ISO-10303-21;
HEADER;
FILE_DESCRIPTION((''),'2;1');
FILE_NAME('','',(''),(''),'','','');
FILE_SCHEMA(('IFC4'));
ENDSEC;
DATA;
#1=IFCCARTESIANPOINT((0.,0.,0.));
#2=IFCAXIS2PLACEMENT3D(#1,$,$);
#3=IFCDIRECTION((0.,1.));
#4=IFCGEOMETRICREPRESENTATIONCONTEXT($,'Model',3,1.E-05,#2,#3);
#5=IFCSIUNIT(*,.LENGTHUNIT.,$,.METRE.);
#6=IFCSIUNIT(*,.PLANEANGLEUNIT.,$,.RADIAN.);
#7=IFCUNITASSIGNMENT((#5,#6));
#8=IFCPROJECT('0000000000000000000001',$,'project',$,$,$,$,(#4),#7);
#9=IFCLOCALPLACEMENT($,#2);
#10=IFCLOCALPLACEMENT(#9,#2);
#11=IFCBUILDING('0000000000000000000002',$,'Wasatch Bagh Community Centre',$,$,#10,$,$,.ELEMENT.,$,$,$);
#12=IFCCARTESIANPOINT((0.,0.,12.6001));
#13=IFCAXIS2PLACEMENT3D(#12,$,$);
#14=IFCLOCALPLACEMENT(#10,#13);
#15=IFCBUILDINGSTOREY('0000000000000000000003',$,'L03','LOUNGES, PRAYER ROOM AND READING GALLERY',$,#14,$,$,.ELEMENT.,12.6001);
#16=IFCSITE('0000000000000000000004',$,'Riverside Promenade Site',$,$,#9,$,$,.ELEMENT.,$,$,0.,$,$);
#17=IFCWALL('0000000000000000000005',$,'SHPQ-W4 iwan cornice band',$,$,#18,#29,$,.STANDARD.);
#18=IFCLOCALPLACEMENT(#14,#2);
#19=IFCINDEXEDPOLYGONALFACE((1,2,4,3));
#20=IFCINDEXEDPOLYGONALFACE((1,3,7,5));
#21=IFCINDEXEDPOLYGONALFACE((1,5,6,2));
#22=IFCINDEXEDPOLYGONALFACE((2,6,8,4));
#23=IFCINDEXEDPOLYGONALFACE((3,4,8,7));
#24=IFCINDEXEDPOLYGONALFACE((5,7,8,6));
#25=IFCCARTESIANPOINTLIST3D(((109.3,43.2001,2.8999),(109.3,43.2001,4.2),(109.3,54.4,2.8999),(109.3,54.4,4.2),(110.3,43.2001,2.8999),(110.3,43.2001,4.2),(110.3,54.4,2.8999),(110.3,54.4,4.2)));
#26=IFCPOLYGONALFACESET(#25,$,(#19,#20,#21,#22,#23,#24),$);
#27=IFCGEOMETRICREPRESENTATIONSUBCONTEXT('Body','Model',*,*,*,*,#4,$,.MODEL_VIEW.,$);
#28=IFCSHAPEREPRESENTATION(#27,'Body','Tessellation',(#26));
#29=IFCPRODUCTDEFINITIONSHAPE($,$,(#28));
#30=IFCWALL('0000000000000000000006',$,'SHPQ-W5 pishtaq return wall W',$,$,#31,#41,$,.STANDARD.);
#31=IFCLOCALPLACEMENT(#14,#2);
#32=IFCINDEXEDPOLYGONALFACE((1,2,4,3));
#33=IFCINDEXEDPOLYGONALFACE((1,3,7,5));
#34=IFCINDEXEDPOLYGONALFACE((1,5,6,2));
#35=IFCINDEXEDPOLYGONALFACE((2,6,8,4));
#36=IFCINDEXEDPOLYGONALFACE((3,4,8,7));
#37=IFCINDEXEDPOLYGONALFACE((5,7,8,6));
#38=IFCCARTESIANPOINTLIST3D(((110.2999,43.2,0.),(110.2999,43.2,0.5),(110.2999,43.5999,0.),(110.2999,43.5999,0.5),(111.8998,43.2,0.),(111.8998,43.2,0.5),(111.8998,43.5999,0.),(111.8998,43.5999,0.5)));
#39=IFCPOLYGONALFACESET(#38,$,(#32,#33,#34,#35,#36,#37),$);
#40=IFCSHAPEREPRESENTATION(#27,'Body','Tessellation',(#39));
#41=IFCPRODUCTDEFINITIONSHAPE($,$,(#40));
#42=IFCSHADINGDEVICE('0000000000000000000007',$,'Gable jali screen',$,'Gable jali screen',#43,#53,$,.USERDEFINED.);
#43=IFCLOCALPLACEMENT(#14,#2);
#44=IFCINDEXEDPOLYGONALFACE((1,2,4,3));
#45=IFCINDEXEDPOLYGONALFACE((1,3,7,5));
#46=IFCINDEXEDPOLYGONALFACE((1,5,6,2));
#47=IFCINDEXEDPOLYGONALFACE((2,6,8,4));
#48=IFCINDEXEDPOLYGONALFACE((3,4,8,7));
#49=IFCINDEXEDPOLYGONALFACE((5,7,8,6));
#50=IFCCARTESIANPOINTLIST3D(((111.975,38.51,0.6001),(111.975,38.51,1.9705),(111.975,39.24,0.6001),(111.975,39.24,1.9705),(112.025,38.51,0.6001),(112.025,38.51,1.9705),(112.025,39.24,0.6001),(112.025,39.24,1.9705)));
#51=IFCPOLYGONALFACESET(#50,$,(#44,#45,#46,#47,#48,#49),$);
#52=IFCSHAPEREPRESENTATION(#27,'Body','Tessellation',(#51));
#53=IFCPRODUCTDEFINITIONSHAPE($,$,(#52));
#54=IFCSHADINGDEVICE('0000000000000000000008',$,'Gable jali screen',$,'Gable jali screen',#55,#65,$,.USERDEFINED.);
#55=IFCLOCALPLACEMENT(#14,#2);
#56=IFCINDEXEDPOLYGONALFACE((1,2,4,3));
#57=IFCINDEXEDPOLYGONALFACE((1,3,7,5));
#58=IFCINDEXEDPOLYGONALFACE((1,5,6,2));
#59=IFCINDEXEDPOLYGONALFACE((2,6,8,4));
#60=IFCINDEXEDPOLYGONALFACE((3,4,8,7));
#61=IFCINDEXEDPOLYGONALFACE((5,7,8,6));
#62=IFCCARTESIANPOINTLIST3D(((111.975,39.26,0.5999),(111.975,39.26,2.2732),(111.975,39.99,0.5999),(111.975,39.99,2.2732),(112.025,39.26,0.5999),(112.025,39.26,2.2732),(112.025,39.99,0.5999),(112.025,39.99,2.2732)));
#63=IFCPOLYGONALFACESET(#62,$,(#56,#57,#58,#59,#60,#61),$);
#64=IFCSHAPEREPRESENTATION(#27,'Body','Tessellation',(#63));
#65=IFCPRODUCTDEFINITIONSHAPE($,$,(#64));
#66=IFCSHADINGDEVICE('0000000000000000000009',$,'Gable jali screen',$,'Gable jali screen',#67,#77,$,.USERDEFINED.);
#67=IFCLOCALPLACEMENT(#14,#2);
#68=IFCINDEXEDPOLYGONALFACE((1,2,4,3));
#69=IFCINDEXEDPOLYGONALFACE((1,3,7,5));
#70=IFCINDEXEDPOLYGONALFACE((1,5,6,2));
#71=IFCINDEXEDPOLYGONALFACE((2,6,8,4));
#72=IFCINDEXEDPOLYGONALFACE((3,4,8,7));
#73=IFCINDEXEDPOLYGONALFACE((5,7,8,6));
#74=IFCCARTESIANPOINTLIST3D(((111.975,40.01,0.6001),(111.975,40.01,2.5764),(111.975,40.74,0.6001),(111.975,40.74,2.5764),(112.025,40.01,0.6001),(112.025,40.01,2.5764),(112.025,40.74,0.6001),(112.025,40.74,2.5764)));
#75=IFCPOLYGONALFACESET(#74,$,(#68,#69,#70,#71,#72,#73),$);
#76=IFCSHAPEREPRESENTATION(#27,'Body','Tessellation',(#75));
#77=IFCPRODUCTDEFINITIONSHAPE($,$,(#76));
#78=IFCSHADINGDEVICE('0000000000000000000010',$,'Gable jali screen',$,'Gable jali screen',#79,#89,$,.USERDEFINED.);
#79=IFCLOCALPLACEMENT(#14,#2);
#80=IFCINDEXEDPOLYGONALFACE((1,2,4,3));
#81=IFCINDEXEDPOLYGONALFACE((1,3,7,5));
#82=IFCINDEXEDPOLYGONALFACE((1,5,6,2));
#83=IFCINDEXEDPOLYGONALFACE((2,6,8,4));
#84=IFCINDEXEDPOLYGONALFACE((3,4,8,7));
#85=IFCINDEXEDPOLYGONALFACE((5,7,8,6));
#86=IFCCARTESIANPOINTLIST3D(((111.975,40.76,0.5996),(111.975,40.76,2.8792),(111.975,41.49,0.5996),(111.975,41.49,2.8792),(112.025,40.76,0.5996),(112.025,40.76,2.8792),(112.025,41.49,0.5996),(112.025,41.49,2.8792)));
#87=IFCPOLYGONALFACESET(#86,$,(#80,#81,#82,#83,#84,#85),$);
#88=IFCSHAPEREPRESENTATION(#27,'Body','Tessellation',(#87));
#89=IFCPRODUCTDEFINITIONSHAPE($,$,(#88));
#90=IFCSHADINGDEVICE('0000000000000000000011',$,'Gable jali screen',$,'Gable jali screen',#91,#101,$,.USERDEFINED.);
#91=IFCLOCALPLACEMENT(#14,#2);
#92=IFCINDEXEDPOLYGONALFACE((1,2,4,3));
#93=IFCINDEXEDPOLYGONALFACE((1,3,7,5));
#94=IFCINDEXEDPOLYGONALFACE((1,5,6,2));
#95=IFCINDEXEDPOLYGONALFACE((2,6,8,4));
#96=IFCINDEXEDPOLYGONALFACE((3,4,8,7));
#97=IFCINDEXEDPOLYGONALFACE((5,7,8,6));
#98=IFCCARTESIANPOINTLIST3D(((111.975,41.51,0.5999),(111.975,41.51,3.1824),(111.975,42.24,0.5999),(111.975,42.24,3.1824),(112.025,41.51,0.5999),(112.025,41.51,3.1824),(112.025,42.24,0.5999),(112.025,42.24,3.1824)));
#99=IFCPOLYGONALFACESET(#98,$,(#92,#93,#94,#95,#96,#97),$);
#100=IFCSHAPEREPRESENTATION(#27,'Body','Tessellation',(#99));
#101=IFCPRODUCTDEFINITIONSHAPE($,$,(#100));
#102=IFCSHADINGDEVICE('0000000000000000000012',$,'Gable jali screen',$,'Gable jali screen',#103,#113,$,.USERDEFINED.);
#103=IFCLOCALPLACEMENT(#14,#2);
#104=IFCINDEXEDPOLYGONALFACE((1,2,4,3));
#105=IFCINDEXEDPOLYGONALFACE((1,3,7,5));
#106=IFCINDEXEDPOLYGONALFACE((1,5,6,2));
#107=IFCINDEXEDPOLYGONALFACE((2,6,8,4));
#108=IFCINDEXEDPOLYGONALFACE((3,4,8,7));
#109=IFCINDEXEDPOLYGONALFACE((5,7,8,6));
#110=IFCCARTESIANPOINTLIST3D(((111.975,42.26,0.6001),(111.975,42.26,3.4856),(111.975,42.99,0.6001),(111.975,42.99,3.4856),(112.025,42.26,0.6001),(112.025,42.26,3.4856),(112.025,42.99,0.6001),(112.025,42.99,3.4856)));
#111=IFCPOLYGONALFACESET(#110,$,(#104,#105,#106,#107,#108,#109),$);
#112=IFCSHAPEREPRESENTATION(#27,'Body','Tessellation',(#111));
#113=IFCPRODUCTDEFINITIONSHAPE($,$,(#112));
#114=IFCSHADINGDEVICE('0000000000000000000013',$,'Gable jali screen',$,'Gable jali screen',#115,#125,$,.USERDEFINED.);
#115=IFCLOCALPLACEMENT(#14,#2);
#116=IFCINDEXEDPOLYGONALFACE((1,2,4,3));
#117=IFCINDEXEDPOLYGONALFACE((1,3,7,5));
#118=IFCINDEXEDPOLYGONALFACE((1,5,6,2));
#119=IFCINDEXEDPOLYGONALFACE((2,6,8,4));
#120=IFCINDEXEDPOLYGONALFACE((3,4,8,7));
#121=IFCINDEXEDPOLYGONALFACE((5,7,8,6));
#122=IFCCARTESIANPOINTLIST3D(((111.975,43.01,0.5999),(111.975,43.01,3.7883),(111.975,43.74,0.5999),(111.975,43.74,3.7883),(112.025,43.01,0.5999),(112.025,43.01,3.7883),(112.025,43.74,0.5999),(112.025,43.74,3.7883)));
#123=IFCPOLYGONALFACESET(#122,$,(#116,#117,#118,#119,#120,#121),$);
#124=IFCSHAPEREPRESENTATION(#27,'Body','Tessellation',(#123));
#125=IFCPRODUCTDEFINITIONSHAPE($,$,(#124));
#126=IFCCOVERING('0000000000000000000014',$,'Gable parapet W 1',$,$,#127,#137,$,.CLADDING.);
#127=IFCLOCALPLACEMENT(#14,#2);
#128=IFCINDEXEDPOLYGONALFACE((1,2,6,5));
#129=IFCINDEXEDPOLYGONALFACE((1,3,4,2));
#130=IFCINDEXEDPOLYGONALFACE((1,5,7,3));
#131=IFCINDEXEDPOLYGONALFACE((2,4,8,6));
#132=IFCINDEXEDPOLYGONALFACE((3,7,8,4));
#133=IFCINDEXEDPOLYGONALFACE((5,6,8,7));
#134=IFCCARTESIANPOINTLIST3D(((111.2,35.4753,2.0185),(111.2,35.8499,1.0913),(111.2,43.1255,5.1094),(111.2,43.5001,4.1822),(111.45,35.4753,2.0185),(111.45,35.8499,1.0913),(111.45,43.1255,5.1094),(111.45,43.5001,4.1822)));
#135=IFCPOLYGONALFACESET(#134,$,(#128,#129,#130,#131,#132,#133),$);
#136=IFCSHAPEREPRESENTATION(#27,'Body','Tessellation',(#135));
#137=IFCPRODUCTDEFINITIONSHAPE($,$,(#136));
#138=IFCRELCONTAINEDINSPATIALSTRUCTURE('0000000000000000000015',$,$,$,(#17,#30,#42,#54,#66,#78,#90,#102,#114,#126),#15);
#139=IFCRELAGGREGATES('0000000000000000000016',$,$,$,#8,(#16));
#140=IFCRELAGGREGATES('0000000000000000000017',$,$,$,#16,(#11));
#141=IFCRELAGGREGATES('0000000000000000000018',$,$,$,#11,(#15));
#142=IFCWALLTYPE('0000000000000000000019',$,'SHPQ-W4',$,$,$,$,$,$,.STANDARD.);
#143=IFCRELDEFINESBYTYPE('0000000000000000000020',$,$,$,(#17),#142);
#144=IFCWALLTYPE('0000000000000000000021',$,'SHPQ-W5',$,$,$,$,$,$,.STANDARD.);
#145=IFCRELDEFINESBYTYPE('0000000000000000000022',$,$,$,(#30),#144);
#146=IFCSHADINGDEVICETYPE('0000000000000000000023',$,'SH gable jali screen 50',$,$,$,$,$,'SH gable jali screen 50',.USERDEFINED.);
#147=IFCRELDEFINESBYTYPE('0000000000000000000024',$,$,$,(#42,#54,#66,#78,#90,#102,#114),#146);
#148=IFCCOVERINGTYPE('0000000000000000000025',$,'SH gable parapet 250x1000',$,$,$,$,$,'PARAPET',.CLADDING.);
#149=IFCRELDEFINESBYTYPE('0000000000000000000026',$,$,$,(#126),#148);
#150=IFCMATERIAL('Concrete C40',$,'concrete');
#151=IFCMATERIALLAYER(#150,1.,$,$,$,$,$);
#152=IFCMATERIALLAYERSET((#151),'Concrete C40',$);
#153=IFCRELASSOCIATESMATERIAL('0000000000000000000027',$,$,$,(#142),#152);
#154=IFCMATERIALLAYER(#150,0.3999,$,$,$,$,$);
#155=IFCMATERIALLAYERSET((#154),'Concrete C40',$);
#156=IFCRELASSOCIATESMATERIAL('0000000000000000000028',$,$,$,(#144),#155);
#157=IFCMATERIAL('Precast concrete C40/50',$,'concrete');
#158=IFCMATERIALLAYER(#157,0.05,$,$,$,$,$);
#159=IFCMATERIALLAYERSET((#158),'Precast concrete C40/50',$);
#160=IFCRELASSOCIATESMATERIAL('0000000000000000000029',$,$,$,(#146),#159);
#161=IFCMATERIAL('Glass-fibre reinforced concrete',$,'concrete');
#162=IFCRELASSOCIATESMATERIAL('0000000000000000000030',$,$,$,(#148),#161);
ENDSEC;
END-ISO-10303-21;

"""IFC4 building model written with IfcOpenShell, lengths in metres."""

from ifc_helpers import new_model, si_unit, direction, frame, frame_2d, origin, origin_2d, place, context, subcontext, project, spatial, rectangle, extrude, material, layer, layer_set, material_profile, profile_set, type_object, element, save


model = new_model("IFC4")

# Units and contexts
model_context = context("Model", 3, precision=1e-05, world=origin(), true_north=direction((0.0, 1.0)))
body_context = subcontext(model_context, "Body", "Model", "MODEL_VIEW")
ifc_project = project(units=[si_unit("LENGTHUNIT", "METRE"), si_unit("PLANEANGLEUNIT", "RADIAN")], contexts=[model_context])

# Site, building, storey
site_placement = place(None, origin())
site = spatial("IfcSite", under=ifc_project, at=site_placement, Name="Riverside Promenade Site", CompositionType="ELEMENT", RefElevation=0.0)
building_placement = place(site_placement, origin())
building = spatial("IfcBuilding", under=site, at=building_placement, Name="Wasatch Bagh Community Centre", CompositionType="ELEMENT")
storey_placement = place(building_placement, frame((0.0, 0.0, 12.6001)))
storey = spatial("IfcBuildingStorey", under=building, at=storey_placement, Name="L03", Description="LOUNGES, PRAYER ROOM AND READING GALLERY", CompositionType="ELEMENT", Elevation=12.6001)

# Shared definitions
ifc_material_1 = material(Name="Concrete C40", Category="concrete")

# Walls
ifc_layer_1 = layer(ifc_material_1, 1.0)
ifc_layer_set_1 = layer_set([ifc_layer_1], Name="Concrete C40")
wall_type_1 = type_object("IfcWallType", Name="SHPQ-W4", PredefinedType="STANDARD", material=ifc_layer_set_1)
wall_1_placement = place(storey_placement, frame((109.8, 43.2, 2.8999), z_axis=(0.0, 0.0, 1.0), x_axis=(0.0, 1.0, 0.0)))
element("IfcWall", 1, at=wall_1_placement, inside=storey, type_object=wall_type_1, Name="SHPQ-W4 iwan cornice band", PredefinedType="STANDARD", context=body_context, shape_type="SweptSolid", body=[
    extrude(rectangle(XDim=11.2, YDim=1.0, at=frame_2d((5.6001, 0.0))), origin(), (0.0, 0.0, 1.0), 1.3),
])
ifc_layer_2 = layer(ifc_material_1, 0.3999)
ifc_layer_set_2 = layer_set([ifc_layer_2], Name="Concrete C40")
wall_type_2 = type_object("IfcWallType", Name="SHPQ-W5", PredefinedType="STANDARD", material=ifc_layer_set_2)
wall_2_placement = place(storey_placement, frame((110.3, 43.3999, 0.0), z_axis=(0.0, 0.0, 1.0), x_axis=(1.0, 0.0, 0.0)))
element("IfcWall", 2, at=wall_2_placement, inside=storey, type_object=wall_type_2, Name="SHPQ-W5 pishtaq return wall W", PredefinedType="STANDARD", context=body_context, shape_type="SweptSolid", body=[
    extrude(rectangle(XDim=1.5999, YDim=0.3999, at=frame_2d((0.7998, 0.0))), origin(), (0.0, 0.0, 1.0), 0.5),
])

# Shading devices
ifc_material_2 = material(Name="Precast concrete C40/50", Category="concrete")
ifc_layer_3 = layer(ifc_material_2, 0.05)
ifc_layer_set_3 = layer_set([ifc_layer_3], Name="Precast concrete C40/50")
shading_device_type = type_object("IfcShadingDeviceType", Name="SH gable jali screen 50", ElementType="SH gable jali screen 50", PredefinedType="USERDEFINED", material=ifc_layer_set_3)
shading_device_1_placement = place(storey_placement, frame((112.0, 38.875, 0.6001), z_axis=(0.0, 0.0, 1.0), x_axis=(1.0, 0.0, 0.0)))
element("IfcShadingDevice", 3, at=shading_device_1_placement, inside=storey, type_object=shading_device_type, Name="Gable jali screen", ObjectType="Gable jali screen", PredefinedType="USERDEFINED", context=body_context, shape_type="SweptSolid", body=[
    extrude(rectangle(XDim=0.05, YDim=0.73, at=origin_2d()), origin(), (0.0, 0.0, 1.0), 1.3704),
])
shading_device_2_placement = place(storey_placement, frame((112.0, 39.625, 0.5999), z_axis=(0.0, 0.0, 1.0), x_axis=(1.0, 0.0, 0.0)))
element("IfcShadingDevice", 4, at=shading_device_2_placement, inside=storey, type_object=shading_device_type, Name="Gable jali screen", ObjectType="Gable jali screen", PredefinedType="USERDEFINED", context=body_context, shape_type="SweptSolid", body=[
    extrude(rectangle(XDim=0.05, YDim=0.73, at=origin_2d()), origin(), (0.0, 0.0, 1.0), 1.6733),
])
shading_device_3_placement = place(storey_placement, frame((112.0, 40.375, 0.6001), z_axis=(0.0, 0.0, 1.0), x_axis=(1.0, 0.0, 0.0)))
element("IfcShadingDevice", 5, at=shading_device_3_placement, inside=storey, type_object=shading_device_type, Name="Gable jali screen", ObjectType="Gable jali screen", PredefinedType="USERDEFINED", context=body_context, shape_type="SweptSolid", body=[
    extrude(rectangle(XDim=0.05, YDim=0.73, at=origin_2d()), origin(), (0.0, 0.0, 1.0), 1.9763),
])
shading_device_4_placement = place(storey_placement, frame((112.0, 41.125, 0.5996), z_axis=(0.0, 0.0, 1.0), x_axis=(1.0, 0.0, 0.0)))
element("IfcShadingDevice", 6, at=shading_device_4_placement, inside=storey, type_object=shading_device_type, Name="Gable jali screen", ObjectType="Gable jali screen", PredefinedType="USERDEFINED", context=body_context, shape_type="SweptSolid", body=[
    extrude(rectangle(XDim=0.05, YDim=0.73, at=origin_2d()), origin(), (0.0, 0.0, 1.0), 2.2795),
])
shading_device_5_placement = place(storey_placement, frame((112.0, 41.875, 0.5999), z_axis=(0.0, 0.0, 1.0), x_axis=(1.0, 0.0, 0.0)))
element("IfcShadingDevice", 7, at=shading_device_5_placement, inside=storey, type_object=shading_device_type, Name="Gable jali screen", ObjectType="Gable jali screen", PredefinedType="USERDEFINED", context=body_context, shape_type="SweptSolid", body=[
    extrude(rectangle(XDim=0.05, YDim=0.73, at=origin_2d()), origin(), (0.0, 0.0, 1.0), 2.5825),
])
shading_device_6_placement = place(storey_placement, frame((112.0, 42.625, 0.6001), z_axis=(0.0, 0.0, 1.0), x_axis=(1.0, 0.0, 0.0)))
element("IfcShadingDevice", 8, at=shading_device_6_placement, inside=storey, type_object=shading_device_type, Name="Gable jali screen", ObjectType="Gable jali screen", PredefinedType="USERDEFINED", context=body_context, shape_type="SweptSolid", body=[
    extrude(rectangle(XDim=0.05, YDim=0.73, at=origin_2d()), origin(), (0.0, 0.0, 1.0), 2.8855),
])
shading_device_7_placement = place(storey_placement, frame((112.0, 43.375, 0.5999), z_axis=(0.0, 0.0, 1.0), x_axis=(1.0, 0.0, 0.0)))
element("IfcShadingDevice", 9, at=shading_device_7_placement, inside=storey, type_object=shading_device_type, Name="Gable jali screen", ObjectType="Gable jali screen", PredefinedType="USERDEFINED", context=body_context, shape_type="SweptSolid", body=[
    extrude(rectangle(XDim=0.05, YDim=0.73, at=origin_2d()), origin(), (0.0, 0.0, 1.0), 3.1885),
])

# Covering
ifc_material_3 = material(Name="Glass-fibre reinforced concrete", Category="concrete")
ifc_material_profile_1 = material_profile(ifc_material_3, rectangle(XDim=0.25, YDim=1.0, at=origin_2d()), Name="PARAPET 250x1000")
ifc_profile_set_1 = profile_set([ifc_material_profile_1], Name="Glass-fibre reinforced concrete")
covering_type = type_object("IfcCoveringType", Name="SH gable parapet 250x1000", ElementType="PARAPET", PredefinedType="CLADDING", material=ifc_profile_set_1)
covering_placement = place(storey_placement, frame((111.325, 35.6626, 1.5549), z_axis=(0.0, 0.927186, 0.374602), x_axis=(-1.0, 0.0, 0.0)))
element("IfcCovering", 10, at=covering_placement, inside=storey, type_object=covering_type, Name="Gable parapet W 1", PredefinedType="CLADDING", context=body_context, shape_type="SweptSolid", body=[
    extrude(rectangle(XDim=0.25, YDim=1.0, at=origin_2d()), origin(), (0.0, 0.0, 1.0), 8.251),
])

save(model, "model.ifc")
